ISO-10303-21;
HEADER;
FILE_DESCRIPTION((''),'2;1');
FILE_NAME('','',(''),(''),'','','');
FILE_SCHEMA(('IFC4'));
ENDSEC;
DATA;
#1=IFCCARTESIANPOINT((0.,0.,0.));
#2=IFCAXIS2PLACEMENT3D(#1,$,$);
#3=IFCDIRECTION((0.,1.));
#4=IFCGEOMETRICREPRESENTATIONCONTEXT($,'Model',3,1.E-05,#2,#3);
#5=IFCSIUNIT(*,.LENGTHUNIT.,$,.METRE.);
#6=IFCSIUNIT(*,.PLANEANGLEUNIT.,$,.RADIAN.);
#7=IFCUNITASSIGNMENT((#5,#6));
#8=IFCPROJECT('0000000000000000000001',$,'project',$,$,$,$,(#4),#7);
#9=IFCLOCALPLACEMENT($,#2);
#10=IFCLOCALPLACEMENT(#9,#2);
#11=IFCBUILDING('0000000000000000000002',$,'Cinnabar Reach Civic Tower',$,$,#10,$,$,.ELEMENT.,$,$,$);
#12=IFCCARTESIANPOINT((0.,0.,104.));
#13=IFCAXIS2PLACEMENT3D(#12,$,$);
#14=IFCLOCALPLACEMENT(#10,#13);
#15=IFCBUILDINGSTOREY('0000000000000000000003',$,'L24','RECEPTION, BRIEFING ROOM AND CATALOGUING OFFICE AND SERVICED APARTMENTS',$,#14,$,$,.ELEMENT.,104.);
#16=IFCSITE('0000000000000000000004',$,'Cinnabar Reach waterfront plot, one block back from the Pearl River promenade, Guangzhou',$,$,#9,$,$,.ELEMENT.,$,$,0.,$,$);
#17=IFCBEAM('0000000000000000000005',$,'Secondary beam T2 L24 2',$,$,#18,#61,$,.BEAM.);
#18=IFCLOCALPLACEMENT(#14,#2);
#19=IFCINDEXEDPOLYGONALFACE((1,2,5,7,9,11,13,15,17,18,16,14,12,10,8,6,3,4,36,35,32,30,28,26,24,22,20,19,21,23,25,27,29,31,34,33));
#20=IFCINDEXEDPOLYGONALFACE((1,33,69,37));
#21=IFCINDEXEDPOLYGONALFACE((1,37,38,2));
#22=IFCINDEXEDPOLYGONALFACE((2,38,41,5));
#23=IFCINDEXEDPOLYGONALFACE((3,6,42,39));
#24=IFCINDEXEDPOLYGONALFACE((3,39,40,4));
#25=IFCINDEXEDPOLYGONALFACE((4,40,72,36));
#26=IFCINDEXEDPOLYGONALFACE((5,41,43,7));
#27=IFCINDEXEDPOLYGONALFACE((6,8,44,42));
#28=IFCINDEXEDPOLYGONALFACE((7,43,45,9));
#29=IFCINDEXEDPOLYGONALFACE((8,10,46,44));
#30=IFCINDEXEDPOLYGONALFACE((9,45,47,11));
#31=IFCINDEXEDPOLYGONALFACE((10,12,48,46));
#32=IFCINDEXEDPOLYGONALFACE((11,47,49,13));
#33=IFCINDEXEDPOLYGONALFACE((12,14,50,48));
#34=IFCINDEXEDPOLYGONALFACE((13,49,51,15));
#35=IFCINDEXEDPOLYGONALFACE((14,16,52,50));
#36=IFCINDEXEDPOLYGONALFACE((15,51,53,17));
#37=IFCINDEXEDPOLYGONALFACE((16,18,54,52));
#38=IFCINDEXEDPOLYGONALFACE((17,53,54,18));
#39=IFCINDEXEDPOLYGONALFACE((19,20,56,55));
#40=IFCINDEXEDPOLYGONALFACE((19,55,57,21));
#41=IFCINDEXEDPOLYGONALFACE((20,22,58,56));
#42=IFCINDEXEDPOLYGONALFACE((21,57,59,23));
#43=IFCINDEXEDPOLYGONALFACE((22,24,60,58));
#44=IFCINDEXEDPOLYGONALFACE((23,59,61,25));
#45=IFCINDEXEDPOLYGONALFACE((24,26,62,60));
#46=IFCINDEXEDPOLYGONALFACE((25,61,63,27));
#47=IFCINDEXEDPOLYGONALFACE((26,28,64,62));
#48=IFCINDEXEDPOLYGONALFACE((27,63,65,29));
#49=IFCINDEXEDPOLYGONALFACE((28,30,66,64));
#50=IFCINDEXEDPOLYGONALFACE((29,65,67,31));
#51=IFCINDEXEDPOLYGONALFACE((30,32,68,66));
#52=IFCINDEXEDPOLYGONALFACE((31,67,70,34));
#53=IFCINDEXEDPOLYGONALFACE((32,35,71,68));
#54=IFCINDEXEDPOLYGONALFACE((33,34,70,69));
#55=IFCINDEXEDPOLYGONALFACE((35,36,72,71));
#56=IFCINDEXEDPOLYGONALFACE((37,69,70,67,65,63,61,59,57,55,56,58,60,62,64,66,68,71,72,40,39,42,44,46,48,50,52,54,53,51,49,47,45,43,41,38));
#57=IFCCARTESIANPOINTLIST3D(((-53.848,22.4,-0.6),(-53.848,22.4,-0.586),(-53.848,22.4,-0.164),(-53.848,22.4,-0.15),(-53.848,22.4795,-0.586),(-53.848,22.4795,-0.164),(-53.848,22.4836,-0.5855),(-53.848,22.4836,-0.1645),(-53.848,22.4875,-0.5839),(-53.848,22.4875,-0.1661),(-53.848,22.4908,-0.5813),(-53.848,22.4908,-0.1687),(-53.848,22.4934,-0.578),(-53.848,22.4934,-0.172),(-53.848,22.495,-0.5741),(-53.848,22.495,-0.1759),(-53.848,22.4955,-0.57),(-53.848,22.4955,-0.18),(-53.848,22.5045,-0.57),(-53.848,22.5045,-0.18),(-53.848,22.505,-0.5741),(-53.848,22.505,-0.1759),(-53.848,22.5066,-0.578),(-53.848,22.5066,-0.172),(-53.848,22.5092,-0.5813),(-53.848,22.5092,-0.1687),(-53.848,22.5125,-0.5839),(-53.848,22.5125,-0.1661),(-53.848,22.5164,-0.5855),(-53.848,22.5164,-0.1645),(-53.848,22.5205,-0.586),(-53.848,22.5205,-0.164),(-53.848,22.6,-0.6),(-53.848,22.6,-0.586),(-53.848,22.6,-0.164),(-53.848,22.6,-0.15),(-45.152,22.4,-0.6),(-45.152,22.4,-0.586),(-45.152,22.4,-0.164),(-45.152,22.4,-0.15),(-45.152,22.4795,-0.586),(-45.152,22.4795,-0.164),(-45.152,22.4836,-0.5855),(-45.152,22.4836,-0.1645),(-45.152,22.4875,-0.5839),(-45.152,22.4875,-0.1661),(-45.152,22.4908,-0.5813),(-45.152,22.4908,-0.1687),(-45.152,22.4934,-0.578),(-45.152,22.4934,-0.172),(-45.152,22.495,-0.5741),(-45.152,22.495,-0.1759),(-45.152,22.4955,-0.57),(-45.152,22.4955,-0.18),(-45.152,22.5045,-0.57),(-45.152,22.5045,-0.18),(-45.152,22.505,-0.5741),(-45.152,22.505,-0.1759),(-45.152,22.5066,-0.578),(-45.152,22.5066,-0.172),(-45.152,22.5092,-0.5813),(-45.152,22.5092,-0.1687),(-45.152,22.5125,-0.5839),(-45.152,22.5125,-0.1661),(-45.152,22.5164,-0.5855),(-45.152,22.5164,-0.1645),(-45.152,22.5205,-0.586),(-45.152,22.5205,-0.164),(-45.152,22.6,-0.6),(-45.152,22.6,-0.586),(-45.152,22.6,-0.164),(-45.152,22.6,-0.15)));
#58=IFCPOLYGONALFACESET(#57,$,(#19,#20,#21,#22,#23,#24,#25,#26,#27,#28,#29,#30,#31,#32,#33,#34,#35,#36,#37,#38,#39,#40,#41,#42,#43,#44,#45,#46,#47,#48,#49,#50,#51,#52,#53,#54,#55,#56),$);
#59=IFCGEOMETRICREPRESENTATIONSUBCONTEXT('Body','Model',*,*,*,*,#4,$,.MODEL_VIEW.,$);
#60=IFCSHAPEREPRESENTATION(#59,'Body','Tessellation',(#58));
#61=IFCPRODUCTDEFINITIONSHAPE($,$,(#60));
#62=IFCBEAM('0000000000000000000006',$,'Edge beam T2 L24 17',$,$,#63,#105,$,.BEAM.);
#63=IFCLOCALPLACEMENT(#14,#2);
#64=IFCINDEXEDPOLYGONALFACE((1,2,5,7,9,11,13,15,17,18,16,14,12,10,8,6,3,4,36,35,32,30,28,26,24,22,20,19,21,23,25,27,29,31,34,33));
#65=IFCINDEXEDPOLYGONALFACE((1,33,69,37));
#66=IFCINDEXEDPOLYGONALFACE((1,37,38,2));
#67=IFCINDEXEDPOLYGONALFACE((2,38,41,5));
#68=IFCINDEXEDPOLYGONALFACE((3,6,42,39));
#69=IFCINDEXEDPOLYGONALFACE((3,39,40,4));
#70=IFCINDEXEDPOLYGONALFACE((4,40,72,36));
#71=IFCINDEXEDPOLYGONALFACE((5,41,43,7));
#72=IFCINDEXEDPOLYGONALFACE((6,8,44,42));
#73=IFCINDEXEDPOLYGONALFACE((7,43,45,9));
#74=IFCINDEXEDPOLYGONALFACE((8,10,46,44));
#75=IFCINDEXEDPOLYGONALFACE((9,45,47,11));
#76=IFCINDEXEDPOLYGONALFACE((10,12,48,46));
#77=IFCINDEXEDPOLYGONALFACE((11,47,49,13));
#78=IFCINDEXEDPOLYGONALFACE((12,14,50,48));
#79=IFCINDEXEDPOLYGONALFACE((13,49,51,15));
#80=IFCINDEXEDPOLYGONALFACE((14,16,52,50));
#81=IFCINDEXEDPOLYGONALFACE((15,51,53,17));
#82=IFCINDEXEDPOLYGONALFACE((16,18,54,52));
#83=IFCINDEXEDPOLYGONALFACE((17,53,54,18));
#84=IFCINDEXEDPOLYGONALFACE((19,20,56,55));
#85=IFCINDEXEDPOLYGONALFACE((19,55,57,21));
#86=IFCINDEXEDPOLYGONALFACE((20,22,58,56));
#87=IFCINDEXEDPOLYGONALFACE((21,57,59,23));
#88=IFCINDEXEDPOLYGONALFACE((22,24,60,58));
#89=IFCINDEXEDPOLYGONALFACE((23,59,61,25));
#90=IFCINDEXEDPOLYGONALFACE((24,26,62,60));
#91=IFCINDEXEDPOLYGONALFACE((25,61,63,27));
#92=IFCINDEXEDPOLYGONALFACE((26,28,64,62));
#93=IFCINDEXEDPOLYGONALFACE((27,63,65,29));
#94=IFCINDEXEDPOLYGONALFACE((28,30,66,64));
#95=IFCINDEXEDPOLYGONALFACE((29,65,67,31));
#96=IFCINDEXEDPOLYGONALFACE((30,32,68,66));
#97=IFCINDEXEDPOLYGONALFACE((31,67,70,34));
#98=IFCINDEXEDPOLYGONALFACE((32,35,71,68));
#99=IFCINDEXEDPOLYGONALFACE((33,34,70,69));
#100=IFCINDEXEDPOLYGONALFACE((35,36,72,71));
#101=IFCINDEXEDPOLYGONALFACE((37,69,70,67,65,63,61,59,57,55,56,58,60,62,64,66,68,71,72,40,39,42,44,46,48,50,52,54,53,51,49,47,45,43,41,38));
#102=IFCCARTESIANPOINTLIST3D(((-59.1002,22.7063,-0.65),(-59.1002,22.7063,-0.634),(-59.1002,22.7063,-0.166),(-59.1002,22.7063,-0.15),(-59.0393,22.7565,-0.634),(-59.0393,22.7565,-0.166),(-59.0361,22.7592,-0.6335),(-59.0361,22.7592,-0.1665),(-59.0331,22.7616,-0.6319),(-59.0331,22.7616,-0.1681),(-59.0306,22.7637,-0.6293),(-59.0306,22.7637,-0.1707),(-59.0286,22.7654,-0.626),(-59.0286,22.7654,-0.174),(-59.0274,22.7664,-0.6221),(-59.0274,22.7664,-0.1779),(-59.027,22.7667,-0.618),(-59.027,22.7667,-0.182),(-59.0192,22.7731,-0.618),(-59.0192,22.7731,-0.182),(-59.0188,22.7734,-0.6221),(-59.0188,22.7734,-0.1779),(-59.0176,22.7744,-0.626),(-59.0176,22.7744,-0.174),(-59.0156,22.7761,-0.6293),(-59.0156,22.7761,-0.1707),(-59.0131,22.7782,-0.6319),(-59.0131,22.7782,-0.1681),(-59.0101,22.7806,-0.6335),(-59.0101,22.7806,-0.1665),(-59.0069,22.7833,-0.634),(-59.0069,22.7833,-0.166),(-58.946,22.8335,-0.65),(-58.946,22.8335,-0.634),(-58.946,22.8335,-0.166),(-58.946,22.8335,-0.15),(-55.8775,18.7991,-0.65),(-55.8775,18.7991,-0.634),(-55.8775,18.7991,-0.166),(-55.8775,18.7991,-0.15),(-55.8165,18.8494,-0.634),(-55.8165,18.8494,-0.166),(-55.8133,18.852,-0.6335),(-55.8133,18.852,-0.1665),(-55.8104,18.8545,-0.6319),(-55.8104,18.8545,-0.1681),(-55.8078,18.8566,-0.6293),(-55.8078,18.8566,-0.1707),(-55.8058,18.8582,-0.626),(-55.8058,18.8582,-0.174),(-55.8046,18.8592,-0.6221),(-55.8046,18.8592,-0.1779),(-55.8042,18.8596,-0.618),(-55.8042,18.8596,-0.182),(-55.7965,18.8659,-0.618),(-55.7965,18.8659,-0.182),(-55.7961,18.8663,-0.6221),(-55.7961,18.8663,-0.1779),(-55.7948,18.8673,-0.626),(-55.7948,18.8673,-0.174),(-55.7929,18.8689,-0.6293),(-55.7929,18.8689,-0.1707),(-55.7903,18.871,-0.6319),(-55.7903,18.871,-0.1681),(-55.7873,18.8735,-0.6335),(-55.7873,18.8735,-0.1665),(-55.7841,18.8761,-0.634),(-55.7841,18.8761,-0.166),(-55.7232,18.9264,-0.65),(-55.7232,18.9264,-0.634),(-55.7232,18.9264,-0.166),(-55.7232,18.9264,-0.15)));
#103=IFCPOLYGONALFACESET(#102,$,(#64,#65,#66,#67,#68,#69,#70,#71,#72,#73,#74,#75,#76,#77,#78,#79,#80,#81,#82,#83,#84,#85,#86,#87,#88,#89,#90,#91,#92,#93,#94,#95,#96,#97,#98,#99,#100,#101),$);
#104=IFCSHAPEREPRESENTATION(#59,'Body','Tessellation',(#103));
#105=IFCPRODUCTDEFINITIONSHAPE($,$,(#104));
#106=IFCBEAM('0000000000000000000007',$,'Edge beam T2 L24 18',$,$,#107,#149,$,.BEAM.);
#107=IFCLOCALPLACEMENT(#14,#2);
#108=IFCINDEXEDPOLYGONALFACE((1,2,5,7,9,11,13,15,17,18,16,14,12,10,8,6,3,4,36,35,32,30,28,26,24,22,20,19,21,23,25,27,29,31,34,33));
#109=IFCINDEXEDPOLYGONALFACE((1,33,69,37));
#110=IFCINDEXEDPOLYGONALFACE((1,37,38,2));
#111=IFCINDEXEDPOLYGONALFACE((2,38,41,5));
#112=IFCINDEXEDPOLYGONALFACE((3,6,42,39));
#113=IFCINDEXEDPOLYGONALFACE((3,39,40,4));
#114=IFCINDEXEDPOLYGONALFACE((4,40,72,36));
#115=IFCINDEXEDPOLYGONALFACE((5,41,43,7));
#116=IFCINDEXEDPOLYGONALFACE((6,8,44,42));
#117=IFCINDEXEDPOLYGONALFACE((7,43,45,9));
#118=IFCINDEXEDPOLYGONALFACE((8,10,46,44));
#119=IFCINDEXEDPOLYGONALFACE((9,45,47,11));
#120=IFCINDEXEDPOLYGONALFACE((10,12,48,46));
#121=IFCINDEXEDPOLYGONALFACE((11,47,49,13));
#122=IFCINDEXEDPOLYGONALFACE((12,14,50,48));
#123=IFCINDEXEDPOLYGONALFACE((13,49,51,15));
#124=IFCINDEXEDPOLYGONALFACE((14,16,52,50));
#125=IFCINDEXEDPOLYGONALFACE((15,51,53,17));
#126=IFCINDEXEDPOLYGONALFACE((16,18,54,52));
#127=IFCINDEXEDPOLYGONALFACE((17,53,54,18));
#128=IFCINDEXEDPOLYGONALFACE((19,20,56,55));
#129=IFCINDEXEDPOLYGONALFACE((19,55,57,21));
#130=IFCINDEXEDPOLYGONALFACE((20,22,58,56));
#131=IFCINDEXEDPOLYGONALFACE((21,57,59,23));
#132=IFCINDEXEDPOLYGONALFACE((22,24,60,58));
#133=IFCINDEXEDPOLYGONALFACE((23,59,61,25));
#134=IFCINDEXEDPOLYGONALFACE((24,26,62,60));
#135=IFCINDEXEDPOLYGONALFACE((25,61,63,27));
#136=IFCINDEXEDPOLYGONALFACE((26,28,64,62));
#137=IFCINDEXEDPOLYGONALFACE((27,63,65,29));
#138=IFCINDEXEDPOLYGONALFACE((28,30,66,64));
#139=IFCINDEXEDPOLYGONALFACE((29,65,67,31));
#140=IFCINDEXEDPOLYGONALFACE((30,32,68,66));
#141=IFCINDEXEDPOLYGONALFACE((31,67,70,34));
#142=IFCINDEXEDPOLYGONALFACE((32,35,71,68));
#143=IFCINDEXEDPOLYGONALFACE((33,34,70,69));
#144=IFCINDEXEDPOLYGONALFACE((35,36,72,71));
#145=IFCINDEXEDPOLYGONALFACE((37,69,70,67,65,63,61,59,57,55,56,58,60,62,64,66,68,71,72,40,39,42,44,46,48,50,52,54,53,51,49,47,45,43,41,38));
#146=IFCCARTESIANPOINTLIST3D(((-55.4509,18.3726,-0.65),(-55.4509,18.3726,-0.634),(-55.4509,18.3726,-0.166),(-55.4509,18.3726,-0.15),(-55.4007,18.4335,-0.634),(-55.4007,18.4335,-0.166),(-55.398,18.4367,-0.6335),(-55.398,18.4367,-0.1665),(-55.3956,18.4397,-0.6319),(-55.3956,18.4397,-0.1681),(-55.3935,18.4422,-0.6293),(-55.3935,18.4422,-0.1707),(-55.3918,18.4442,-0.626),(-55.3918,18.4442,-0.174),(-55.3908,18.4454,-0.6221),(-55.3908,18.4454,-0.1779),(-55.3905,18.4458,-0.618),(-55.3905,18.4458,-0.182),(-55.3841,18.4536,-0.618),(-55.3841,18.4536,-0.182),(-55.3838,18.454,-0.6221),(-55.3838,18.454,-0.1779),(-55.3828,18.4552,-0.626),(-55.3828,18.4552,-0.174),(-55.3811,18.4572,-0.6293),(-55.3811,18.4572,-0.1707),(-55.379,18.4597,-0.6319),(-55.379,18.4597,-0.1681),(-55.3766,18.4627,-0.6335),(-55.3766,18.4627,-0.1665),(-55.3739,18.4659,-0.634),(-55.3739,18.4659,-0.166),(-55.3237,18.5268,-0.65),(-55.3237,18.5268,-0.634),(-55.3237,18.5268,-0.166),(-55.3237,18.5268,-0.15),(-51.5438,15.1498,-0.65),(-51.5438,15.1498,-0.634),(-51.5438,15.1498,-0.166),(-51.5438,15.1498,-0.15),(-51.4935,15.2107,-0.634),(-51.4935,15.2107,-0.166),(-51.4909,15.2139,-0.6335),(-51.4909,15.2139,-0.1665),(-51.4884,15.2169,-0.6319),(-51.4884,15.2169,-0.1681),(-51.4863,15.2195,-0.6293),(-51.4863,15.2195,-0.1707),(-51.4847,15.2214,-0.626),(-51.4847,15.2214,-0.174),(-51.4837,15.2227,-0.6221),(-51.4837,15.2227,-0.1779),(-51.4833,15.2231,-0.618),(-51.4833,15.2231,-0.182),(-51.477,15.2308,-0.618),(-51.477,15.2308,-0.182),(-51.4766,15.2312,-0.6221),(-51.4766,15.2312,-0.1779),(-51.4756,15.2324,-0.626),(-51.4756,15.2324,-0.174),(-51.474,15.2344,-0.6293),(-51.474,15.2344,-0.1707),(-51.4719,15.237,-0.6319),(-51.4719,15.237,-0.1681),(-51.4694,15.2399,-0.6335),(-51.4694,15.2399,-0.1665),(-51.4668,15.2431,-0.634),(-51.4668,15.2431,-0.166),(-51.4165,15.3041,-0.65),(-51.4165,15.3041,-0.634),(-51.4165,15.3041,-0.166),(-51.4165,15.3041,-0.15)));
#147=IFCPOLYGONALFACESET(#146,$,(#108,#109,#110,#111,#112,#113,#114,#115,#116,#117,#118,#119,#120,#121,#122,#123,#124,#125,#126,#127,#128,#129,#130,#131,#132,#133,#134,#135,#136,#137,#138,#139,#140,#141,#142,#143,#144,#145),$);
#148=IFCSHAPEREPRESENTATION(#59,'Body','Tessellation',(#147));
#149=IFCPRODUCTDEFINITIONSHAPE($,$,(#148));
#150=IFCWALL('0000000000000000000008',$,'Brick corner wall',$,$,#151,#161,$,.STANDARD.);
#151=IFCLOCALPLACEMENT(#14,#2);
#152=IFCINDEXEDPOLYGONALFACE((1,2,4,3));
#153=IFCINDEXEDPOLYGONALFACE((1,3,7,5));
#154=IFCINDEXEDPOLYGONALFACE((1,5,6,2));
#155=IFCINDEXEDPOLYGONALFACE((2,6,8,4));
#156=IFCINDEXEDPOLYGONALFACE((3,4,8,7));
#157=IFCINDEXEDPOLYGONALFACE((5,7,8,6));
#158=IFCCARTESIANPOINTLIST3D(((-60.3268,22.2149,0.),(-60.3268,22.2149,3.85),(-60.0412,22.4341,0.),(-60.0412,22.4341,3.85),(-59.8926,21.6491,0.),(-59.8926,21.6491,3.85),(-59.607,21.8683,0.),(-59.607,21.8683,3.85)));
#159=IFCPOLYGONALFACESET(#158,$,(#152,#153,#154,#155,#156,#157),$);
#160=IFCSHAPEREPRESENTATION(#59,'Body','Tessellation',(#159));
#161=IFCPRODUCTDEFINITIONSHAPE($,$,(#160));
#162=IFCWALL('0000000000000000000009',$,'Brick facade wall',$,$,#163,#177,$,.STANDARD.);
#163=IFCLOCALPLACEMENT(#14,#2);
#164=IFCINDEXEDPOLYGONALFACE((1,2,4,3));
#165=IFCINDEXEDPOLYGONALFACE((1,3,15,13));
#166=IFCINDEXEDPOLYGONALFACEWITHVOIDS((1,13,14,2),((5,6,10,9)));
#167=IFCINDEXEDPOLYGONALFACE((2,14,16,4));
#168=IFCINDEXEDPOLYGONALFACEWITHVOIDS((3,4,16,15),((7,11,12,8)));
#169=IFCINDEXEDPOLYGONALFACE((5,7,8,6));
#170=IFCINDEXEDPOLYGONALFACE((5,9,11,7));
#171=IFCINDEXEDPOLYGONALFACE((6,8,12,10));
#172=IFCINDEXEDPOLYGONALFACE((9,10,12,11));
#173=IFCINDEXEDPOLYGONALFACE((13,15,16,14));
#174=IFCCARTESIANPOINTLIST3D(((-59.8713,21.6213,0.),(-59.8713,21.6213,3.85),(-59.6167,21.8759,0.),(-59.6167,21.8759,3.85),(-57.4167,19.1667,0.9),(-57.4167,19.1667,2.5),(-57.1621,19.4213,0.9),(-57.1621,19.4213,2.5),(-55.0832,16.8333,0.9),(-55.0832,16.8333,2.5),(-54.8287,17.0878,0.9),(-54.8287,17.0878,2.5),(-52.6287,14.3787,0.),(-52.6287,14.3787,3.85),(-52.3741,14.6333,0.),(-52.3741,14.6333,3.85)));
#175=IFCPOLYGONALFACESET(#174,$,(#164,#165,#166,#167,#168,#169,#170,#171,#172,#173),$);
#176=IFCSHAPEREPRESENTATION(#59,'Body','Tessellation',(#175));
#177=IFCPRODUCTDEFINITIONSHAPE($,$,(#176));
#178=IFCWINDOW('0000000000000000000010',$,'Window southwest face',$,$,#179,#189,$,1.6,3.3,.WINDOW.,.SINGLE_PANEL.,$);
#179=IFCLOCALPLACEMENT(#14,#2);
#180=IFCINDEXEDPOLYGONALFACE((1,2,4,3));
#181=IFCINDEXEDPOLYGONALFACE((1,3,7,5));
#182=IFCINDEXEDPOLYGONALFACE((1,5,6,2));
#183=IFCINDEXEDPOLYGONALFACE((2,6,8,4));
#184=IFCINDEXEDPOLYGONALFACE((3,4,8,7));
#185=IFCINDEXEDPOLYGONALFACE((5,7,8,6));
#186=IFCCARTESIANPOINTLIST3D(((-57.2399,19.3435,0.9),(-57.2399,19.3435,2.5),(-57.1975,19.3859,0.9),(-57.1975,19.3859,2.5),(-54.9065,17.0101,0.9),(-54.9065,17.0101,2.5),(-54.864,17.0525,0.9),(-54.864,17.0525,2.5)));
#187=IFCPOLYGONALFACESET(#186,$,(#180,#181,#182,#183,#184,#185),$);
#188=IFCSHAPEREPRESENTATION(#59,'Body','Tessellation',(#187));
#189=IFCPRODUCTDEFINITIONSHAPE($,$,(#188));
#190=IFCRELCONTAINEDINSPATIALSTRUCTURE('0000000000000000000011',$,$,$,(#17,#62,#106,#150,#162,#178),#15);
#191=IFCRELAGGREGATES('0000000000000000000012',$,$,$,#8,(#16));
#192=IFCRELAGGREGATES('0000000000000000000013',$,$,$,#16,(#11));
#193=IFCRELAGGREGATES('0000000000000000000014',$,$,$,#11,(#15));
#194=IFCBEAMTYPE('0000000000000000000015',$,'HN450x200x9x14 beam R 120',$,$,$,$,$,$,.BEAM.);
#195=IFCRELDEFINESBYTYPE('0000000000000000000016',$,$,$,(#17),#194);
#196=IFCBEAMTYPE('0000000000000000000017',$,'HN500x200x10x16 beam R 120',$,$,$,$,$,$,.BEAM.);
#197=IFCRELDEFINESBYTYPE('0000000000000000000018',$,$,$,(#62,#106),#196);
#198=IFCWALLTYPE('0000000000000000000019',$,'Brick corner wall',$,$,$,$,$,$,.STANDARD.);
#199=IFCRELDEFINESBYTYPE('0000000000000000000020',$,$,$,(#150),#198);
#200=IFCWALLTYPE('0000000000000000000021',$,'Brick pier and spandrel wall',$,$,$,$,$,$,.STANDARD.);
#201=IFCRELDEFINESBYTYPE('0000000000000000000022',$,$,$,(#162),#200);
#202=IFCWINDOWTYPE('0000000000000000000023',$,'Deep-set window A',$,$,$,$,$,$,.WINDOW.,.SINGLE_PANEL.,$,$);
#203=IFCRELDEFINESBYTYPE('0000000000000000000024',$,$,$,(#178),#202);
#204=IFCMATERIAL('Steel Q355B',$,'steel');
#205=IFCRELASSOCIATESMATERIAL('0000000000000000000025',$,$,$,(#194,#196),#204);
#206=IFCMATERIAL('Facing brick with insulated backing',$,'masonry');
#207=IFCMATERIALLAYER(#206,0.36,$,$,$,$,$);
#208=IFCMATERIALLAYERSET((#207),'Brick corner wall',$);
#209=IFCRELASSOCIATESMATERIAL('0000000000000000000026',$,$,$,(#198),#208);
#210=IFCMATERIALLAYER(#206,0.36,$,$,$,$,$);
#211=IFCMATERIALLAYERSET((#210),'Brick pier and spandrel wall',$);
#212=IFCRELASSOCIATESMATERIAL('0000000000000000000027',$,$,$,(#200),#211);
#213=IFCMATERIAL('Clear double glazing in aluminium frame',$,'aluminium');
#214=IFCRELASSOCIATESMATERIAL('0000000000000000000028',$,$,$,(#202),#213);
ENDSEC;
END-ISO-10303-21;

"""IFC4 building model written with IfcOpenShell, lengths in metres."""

from ifc_helpers import new_model, si_unit, direction, frame, frame_2d, origin, origin_2d, place, context, subcontext, project, spatial, rectangle, i_section, extrude, material, layer, layer_set, material_profile, profile_set, type_object, element, fill, save


model = new_model("IFC4")

# Units and contexts
model_context = context("Model", 3, precision=1e-05, world=origin(), true_north=direction((0.0, 1.0)))
body_context = subcontext(model_context, "Body", "Model", "MODEL_VIEW")
ifc_project = project(units=[si_unit("LENGTHUNIT", "METRE"), si_unit("PLANEANGLEUNIT", "RADIAN")], contexts=[model_context])

# Site, building, storey
site_placement = place(None, origin())
site = spatial("IfcSite", under=ifc_project, at=site_placement, Name="Cinnabar Reach waterfront plot, one block back from the Pearl River promenade, Guangzhou", CompositionType="ELEMENT", RefElevation=0.0)
building_placement = place(site_placement, origin())
building = spatial("IfcBuilding", under=site, at=building_placement, Name="Cinnabar Reach Civic Tower", CompositionType="ELEMENT")
storey_placement = place(building_placement, frame((0.0, 0.0, 104.0)))
storey = spatial("IfcBuildingStorey", under=building, at=storey_placement, Name="L24", Description="RECEPTION, BRIEFING ROOM AND CATALOGUING OFFICE AND SERVICED APARTMENTS", CompositionType="ELEMENT", Elevation=104.0)

# Beams
ifc_material_1 = material(Name="Steel Q355B", Category="steel")
ifc_material_profile_1 = material_profile(ifc_material_1, i_section(OverallWidth=0.2, OverallDepth=0.45, WebThickness=0.009, FlangeThickness=0.014, FilletRadius=0.016, at=origin_2d()), Name="HN450x200x9x14")
ifc_profile_set_1 = profile_set([ifc_material_profile_1], Name="Steel Q355B")
beam_type_1 = type_object("IfcBeamType", Name="HN450x200x9x14 beam R 120", PredefinedType="BEAM", material=ifc_profile_set_1)
beam_1_placement = place(storey_placement, frame((-53.848, 22.5, -0.375), z_axis=(1.0, 0.0, 0.0), x_axis=(0.0, 1.0, 0.0)))
element("IfcBeam", 1, at=beam_1_placement, inside=storey, type_object=beam_type_1, Name="Secondary beam T2 L24 2", PredefinedType="BEAM", context=body_context, shape_type="SweptSolid", body=[
    extrude(i_section(OverallWidth=0.2, OverallDepth=0.45, WebThickness=0.009, FlangeThickness=0.014, FilletRadius=0.016, at=origin_2d()), origin(), (0.0, 0.0, 1.0), 8.696),
])
ifc_material_profile_2 = material_profile(ifc_material_1, i_section(OverallWidth=0.2, OverallDepth=0.5, WebThickness=0.01, FlangeThickness=0.016, FilletRadius=0.016, at=origin_2d()), Name="HN500x200x10x16")
ifc_profile_set_2 = profile_set([ifc_material_profile_2], Name="Steel Q355B")
beam_type_2 = type_object("IfcBeamType", Name="HN500x200x10x16 beam R 120", PredefinedType="BEAM", material=ifc_profile_set_2)
for number, where, z_axis, x_axis, name in (
    (2, (-59.0231, 22.7699, -0.4), (0.636308, -0.771435, 0.0), (0.771435, 0.636308, 0.0), "Edge beam T2 L24 17"),
    (3, (-55.3873, 18.4497, -0.4), (0.771435, -0.636308, 0.0), (0.636308, 0.771435, 0.0), "Edge beam T2 L24 18"),
):
    element("IfcBeam", number, at=place(storey_placement, frame(where, z_axis=z_axis, x_axis=x_axis)), inside=storey, type_object=beam_type_2, Name=name, PredefinedType="BEAM", context=body_context, shape_type="SweptSolid", body=[
        extrude(i_section(OverallWidth=0.2, OverallDepth=0.5, WebThickness=0.01, FlangeThickness=0.016, FilletRadius=0.016, at=origin_2d()), origin(), (0.0, 0.0, 1.0), 5.0648),
    ])

# Wall
ifc_material_2 = material(Name="Facing brick with insulated backing", Category="masonry")
ifc_layer_1 = layer(ifc_material_2, 0.36)
ifc_layer_set_1 = layer_set([ifc_layer_1], Name="Brick corner wall")
wall_type_1 = type_object("IfcWallType", Name="Brick corner wall", PredefinedType="STANDARD", material=ifc_layer_set_1)
wall_1_placement = place(storey_placement, frame((-60.184, 22.3245, 0.0), z_axis=(0.0, 0.0, 1.0), x_axis=(0.608802, -0.793322, 0.0)))
element("IfcWall", 4, at=wall_1_placement, inside=storey, type_object=wall_type_1, Name="Brick corner wall", PredefinedType="STANDARD", context=body_context, shape_type="SweptSolid", body=[
    extrude(rectangle(XDim=0.7132, YDim=0.36, at=frame_2d((0.3566, 0.0))), origin(), (0.0, 0.0, 1.0), 3.85),
])

# Wall, opening, window
ifc_layer_2 = layer(ifc_material_2, 0.36)
ifc_layer_set_2 = layer_set([ifc_layer_2], Name="Brick pier and spandrel wall")
wall_type_2 = type_object("IfcWallType", Name="Brick pier and spandrel wall", PredefinedType="STANDARD", material=ifc_layer_set_2)
wall_2_placement = place(storey_placement, frame((-59.744, 21.7486, 0.0), z_axis=(0.0, 0.0, 1.0), x_axis=(0.707107, -0.707107, 0.0)))
wall_2 = element("IfcWall", 5, at=wall_2_placement, inside=storey, type_object=wall_type_2, Name="Brick facade wall", PredefinedType="STANDARD", context=body_context, shape_type="SweptSolid", body=[
    extrude(rectangle(XDim=10.2426, YDim=0.36, at=frame_2d((5.1213, 0.0))), origin(), (0.0, 0.0, 1.0), 3.85),
])
opening_1_placement = place(wall_2_placement, frame((3.4713, 0.0, 0.9)))
opening_1 = element("IfcOpeningElement", 6, at=opening_1_placement, cuts=wall_2, PredefinedType="OPENING", context=body_context, shape_type="SweptSolid", body=[
    extrude(rectangle(XDim=3.3, YDim=1.6, at=frame_2d((1.65, 0.8))), frame((0.0, 0.19, 0.0), z_axis=(0.0, -1.0, 0.0), x_axis=(1.0, 0.0, 0.0)), (0.0, 0.0, 1.0), 0.38),
])
ifc_material_3 = material(Name="Clear double glazing in aluminium frame", Category="aluminium")
window_type = type_object("IfcWindowType", Name="Deep-set window A", PartitioningType="SINGLE_PANEL", PredefinedType="WINDOW", material=ifc_material_3)
window_placement = place(opening_1_placement, origin())
window = element("IfcWindow", 7, at=window_placement, inside=storey, type_object=window_type, Name="Window southwest face", OverallHeight=1.6, OverallWidth=3.3, PartitioningType="SINGLE_PANEL", PredefinedType="WINDOW", context=body_context, shape_type="SweptSolid", body=[
    extrude(rectangle(XDim=3.3, YDim=1.6, at=frame_2d((1.65, 0.8))), frame((0.0, 0.13, 0.0), z_axis=(0.0, -1.0, 0.0), x_axis=(1.0, 0.0, 0.0)), (0.0, 0.0, 1.0), 0.06),
])
fill(opening_1, window)

save(model, "model.ifc")
